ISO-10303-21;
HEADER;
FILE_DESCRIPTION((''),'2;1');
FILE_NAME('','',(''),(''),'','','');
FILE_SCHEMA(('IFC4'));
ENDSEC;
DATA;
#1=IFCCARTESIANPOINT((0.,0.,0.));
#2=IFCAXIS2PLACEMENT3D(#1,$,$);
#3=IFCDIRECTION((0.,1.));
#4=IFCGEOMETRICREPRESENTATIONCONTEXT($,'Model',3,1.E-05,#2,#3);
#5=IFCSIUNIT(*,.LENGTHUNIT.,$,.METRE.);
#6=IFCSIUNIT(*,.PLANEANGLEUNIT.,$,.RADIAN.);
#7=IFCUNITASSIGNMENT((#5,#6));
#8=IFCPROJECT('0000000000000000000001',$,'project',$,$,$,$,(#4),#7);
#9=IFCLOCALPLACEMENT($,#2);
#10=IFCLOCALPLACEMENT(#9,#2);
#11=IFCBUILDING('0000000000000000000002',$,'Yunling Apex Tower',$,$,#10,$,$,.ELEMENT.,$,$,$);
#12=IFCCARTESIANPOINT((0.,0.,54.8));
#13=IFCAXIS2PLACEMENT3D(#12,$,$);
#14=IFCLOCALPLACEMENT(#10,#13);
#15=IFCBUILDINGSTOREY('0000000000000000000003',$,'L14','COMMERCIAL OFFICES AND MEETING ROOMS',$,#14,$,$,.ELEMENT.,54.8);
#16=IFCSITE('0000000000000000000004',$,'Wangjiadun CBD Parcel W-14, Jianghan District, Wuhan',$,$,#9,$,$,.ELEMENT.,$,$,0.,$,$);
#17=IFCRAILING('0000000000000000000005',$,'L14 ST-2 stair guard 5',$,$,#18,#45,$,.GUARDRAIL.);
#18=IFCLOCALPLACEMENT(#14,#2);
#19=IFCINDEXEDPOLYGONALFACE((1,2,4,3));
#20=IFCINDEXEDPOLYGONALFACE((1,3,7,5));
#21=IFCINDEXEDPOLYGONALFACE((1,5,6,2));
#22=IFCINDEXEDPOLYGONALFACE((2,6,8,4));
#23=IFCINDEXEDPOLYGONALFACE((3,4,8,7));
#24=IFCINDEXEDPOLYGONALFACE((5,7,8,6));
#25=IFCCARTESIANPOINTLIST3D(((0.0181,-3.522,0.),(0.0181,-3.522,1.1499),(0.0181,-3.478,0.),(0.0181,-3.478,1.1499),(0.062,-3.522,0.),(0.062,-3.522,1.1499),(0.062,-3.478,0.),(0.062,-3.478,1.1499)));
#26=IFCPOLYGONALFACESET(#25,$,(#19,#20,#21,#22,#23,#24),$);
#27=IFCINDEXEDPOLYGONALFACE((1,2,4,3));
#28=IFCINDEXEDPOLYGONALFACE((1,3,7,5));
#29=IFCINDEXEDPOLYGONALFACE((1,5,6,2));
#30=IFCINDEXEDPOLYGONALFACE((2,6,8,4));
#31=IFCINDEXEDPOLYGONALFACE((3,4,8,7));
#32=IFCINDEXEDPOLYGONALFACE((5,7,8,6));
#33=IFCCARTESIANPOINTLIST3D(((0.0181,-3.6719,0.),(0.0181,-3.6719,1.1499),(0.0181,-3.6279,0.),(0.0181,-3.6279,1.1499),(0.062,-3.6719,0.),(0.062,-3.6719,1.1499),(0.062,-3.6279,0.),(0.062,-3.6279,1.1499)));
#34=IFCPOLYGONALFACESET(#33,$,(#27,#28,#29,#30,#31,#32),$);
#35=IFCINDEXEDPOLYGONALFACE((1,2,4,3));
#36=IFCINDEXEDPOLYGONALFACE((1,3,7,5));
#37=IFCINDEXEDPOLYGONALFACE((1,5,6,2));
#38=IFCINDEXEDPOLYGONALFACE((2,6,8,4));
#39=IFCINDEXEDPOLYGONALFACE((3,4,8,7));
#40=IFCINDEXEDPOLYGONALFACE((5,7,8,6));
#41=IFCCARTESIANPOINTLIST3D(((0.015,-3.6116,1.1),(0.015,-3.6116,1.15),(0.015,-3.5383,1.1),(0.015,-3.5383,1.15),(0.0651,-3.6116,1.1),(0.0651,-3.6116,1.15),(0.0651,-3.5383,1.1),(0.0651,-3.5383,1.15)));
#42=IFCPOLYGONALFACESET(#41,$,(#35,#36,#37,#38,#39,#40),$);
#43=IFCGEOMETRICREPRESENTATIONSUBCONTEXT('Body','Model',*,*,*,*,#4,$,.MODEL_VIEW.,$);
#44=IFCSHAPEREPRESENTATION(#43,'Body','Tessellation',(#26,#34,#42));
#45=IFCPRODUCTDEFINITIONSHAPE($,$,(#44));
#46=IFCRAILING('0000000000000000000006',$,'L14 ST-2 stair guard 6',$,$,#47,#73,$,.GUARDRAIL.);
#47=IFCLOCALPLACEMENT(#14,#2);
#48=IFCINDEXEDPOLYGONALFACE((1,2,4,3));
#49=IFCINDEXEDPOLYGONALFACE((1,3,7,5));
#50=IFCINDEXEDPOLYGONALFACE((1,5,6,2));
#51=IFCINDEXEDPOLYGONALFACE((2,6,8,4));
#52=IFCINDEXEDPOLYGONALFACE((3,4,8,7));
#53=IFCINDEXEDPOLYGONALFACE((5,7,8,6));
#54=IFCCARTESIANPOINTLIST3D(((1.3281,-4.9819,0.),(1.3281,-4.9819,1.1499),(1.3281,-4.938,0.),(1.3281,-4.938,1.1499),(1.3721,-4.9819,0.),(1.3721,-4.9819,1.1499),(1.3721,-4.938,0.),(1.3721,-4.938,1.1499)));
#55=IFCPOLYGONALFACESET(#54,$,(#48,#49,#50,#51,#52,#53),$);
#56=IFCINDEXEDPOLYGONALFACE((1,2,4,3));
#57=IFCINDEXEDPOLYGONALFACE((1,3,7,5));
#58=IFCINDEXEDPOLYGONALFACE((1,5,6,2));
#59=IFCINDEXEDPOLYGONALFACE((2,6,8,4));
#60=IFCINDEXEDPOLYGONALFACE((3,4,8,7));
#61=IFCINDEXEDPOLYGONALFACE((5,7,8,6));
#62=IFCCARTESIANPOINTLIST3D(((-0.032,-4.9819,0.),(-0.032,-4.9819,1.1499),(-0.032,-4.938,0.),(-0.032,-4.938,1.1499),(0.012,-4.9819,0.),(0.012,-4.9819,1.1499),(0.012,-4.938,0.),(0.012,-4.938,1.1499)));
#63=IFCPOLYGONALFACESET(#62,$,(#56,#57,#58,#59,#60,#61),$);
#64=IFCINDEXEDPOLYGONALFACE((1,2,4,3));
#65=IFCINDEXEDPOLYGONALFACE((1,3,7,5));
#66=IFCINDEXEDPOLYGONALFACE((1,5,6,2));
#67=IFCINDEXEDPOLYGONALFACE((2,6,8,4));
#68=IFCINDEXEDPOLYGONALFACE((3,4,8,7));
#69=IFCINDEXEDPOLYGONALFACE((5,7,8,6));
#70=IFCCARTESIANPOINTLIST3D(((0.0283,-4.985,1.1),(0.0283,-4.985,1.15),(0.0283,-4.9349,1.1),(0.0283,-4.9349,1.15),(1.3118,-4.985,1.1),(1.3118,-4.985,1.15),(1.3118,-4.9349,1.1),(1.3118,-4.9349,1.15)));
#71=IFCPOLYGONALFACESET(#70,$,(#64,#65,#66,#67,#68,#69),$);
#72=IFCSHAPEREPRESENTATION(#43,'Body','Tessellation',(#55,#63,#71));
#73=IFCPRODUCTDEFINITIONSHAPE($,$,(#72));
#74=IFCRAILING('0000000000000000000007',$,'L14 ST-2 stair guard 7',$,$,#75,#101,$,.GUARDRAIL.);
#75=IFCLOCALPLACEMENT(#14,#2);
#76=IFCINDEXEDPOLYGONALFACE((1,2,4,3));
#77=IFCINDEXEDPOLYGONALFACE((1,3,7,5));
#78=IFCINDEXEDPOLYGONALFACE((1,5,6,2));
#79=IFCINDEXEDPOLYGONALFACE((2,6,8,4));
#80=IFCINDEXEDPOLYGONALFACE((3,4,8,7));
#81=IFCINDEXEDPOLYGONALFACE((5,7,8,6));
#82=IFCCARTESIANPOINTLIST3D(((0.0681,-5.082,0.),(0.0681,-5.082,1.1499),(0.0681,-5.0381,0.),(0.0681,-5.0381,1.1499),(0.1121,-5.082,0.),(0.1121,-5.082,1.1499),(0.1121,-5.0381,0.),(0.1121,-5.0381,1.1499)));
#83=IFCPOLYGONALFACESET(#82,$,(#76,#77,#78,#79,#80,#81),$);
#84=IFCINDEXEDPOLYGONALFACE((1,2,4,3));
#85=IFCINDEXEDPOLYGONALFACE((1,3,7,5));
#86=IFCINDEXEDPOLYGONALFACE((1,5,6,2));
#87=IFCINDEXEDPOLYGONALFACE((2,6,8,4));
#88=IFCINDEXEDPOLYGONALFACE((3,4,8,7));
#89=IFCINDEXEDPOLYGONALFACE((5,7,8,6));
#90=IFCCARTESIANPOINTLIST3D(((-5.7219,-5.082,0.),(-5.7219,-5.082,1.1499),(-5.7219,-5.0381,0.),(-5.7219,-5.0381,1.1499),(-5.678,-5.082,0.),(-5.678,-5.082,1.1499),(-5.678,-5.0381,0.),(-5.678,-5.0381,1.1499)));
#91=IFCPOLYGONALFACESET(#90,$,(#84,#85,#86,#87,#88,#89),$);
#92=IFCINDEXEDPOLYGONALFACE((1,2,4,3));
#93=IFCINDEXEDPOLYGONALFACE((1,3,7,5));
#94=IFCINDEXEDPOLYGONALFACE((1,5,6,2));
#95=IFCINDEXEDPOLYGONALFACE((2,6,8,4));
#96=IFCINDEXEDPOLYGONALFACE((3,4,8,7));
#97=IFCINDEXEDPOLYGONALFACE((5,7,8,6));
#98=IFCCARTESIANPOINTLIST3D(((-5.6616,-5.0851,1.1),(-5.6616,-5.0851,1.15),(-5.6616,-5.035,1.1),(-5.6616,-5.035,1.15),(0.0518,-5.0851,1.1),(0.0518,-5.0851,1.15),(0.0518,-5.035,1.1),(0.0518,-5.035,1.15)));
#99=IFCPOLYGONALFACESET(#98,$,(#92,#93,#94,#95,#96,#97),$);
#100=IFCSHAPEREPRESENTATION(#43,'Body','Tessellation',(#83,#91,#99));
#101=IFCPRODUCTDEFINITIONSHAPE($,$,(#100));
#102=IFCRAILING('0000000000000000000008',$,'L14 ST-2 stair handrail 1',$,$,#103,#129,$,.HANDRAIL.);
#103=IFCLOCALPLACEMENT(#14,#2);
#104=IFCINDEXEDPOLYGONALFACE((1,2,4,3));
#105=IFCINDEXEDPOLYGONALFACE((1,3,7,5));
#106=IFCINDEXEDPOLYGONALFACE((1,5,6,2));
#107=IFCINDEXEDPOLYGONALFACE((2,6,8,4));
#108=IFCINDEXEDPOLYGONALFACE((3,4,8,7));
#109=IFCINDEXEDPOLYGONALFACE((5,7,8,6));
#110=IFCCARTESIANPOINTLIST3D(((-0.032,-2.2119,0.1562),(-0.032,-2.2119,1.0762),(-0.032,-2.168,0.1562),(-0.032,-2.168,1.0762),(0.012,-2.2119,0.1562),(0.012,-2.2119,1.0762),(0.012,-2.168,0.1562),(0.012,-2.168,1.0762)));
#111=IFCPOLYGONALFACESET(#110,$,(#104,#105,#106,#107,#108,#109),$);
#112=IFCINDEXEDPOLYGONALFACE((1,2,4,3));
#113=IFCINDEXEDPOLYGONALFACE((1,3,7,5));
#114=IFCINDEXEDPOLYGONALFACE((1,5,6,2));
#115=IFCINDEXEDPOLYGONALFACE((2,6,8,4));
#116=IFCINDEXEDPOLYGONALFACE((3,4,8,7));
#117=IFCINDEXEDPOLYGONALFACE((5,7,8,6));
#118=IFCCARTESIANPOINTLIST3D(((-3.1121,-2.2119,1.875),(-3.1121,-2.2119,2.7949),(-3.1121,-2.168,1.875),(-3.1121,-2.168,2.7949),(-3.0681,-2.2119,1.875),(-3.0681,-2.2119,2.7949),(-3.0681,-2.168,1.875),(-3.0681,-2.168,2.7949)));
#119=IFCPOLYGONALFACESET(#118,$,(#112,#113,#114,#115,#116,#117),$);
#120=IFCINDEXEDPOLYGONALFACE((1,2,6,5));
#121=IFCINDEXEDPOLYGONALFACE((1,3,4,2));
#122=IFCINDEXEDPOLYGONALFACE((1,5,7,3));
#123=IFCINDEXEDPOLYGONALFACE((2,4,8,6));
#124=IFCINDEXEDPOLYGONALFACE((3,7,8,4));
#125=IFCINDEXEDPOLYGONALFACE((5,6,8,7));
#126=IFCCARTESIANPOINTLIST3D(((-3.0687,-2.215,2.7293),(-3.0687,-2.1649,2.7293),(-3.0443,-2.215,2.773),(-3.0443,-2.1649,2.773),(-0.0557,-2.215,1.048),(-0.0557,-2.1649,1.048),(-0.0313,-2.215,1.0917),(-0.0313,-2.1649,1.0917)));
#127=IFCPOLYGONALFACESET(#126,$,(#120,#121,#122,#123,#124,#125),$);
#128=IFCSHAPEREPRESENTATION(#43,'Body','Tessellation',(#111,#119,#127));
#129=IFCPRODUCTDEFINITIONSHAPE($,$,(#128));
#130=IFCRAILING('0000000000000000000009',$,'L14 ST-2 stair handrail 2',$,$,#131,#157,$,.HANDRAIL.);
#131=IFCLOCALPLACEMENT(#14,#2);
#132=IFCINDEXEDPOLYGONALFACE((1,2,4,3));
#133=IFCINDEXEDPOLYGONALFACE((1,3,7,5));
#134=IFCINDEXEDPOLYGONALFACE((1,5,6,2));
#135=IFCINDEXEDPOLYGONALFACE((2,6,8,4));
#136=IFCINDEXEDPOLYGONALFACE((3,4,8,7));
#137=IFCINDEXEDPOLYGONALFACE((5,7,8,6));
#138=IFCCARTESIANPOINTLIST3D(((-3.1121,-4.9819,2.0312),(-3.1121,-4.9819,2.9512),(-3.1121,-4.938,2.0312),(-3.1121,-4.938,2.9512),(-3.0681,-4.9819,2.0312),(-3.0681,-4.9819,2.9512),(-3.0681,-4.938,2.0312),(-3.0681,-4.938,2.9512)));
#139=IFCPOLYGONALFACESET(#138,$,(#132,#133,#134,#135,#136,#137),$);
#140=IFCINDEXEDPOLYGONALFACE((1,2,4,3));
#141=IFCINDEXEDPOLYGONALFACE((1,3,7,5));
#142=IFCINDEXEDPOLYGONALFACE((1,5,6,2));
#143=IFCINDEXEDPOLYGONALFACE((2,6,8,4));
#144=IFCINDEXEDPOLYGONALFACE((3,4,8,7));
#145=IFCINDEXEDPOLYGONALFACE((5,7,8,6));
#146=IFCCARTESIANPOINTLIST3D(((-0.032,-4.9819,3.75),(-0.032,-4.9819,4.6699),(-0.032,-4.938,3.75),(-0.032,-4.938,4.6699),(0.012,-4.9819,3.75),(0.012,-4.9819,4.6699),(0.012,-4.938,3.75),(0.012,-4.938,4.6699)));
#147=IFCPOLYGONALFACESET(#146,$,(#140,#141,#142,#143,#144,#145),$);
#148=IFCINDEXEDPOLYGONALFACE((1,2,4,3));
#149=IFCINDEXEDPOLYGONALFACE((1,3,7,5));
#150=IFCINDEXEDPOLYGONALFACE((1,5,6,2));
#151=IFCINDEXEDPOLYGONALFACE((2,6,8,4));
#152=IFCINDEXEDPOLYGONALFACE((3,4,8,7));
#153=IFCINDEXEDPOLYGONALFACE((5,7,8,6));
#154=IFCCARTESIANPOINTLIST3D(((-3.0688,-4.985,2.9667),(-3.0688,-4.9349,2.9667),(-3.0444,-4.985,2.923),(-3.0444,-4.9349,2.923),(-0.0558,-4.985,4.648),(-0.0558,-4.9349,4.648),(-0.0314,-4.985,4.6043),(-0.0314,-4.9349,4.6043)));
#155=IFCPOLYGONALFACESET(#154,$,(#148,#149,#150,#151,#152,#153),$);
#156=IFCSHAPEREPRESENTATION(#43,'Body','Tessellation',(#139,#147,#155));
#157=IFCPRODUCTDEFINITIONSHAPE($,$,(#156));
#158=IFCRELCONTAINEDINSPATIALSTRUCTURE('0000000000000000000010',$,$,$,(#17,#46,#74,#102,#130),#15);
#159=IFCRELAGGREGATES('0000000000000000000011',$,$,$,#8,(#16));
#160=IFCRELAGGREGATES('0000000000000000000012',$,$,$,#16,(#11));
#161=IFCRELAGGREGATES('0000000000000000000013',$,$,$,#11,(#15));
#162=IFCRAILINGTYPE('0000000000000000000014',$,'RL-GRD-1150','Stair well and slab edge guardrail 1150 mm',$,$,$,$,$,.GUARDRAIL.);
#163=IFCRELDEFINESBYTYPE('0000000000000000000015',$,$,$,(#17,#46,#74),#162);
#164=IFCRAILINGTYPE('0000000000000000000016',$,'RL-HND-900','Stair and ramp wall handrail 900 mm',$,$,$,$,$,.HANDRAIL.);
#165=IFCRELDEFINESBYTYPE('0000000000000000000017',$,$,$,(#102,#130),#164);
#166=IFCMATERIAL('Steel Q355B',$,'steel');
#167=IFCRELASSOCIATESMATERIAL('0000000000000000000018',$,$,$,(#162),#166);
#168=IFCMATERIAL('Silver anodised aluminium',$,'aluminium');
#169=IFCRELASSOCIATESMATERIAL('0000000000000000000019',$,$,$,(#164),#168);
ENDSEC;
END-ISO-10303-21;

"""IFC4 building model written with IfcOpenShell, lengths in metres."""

from ifc_helpers import new_model, si_unit, direction, frame, origin, origin_2d, place, context, subcontext, project, spatial, rectangle, extrude, material, type_object, element, save


model = new_model("IFC4")

# Units and contexts
model_context = context("Model", 3, precision=1e-05, world=origin(), true_north=direction((0.0, 1.0)))
body_context = subcontext(model_context, "Body", "Model", "MODEL_VIEW")
ifc_project = project(units=[si_unit("LENGTHUNIT", "METRE"), si_unit("PLANEANGLEUNIT", "RADIAN")], contexts=[model_context])

# Site, building, storey
site_placement = place(None, origin())
site = spatial("IfcSite", under=ifc_project, at=site_placement, Name="Wangjiadun CBD Parcel W-14, Jianghan District, Wuhan", CompositionType="ELEMENT", RefElevation=0.0)
building_placement = place(site_placement, origin())
building = spatial("IfcBuilding", under=site, at=building_placement, Name="Yunling Apex Tower", CompositionType="ELEMENT")
storey_placement = place(building_placement, frame((0.0, 0.0, 54.8)))
storey = spatial("IfcBuildingStorey", under=building, at=storey_placement, Name="L14", Description="COMMERCIAL OFFICES AND MEETING ROOMS", CompositionType="ELEMENT", Elevation=54.8)

# Shared definitions
ifc_material_1 = material(Name="Steel Q355B", Category="steel")

# Railings
railing_type_1 = type_object("IfcRailingType", Name="RL-GRD-1150", Description="Stair well and slab edge guardrail 1150 mm", PredefinedType="GUARDRAIL", material=ifc_material_1)
railing_1_placement = place(storey_placement, frame((0.04, -3.5, 0.0)))
element("IfcRailing", 1, at=railing_1_placement, inside=storey, type_object=railing_type_1, Name="L14 ST-2 stair guard 5", PredefinedType="GUARDRAIL", context=body_context, shape_type="SweptSolid", body=[
    extrude(rectangle(XDim=0.0439, YDim=0.0439, at=origin_2d()), origin(), (0.0, 0.0, 1.0), 1.1499),
    extrude(rectangle(XDim=0.0439, YDim=0.0439, at=origin_2d()), frame((0.0, -0.1499, 0.0)), (0.0, 0.0, 1.0), 1.1499),
    extrude(rectangle(XDim=0.05, YDim=0.05, at=origin_2d()), frame((0.0, -0.0383, 1.125), z_axis=(0.0, -1.0, 0.0), x_axis=(1.0, 0.0, 0.0)), (0.0, 0.0, 1.0), 0.0732),
])
railing_2_placement = place(storey_placement, frame((1.3501, -4.96, 0.0)))
element("IfcRailing", 2, at=railing_2_placement, inside=storey, type_object=railing_type_1, Name="L14 ST-2 stair guard 6", PredefinedType="GUARDRAIL", context=body_context, shape_type="SweptSolid", body=[
    extrude(rectangle(XDim=0.0439, YDim=0.0439, at=origin_2d()), origin(), (0.0, 0.0, 1.0), 1.1499),
    extrude(rectangle(XDim=0.0439, YDim=0.0439, at=origin_2d()), frame((-1.3601, 0.0, 0.0)), (0.0, 0.0, 1.0), 1.1499),
    extrude(rectangle(XDim=0.05, YDim=0.05, at=origin_2d()), frame((-0.0383, 0.0, 1.125), z_axis=(-1.0, 0.0, 0.0), x_axis=(0.0, -1.0, 0.0)), (0.0, 0.0, 1.0), 1.2834),
])
railing_3_placement = place(storey_placement, frame((0.0901, -5.0601, 0.0)))
element("IfcRailing", 3, at=railing_3_placement, inside=storey, type_object=railing_type_1, Name="L14 ST-2 stair guard 7", PredefinedType="GUARDRAIL", context=body_context, shape_type="SweptSolid", body=[
    extrude(rectangle(XDim=0.0439, YDim=0.0439, at=origin_2d()), origin(), (0.0, 0.0, 1.0), 1.1499),
    extrude(rectangle(XDim=0.0439, YDim=0.0439, at=origin_2d()), frame((-5.79, 0.0, 0.0)), (0.0, 0.0, 1.0), 1.1499),
    extrude(rectangle(XDim=0.05, YDim=0.05, at=origin_2d()), frame((-0.0383, 0.0, 1.125), z_axis=(-1.0, 0.0, 0.0), x_axis=(0.0, -1.0, 0.0)), (0.0, 0.0, 1.0), 5.7134),
])
ifc_material_2 = material(Name="Silver anodised aluminium", Category="aluminium")
railing_type_2 = type_object("IfcRailingType", Name="RL-HND-900", Description="Stair and ramp wall handrail 900 mm", PredefinedType="HANDRAIL", material=ifc_material_2)
railing_4_placement = place(storey_placement, frame((-0.01, -2.1899, 0.1562)))
element("IfcRailing", 4, at=railing_4_placement, inside=storey, type_object=railing_type_2, Name="L14 ST-2 stair handrail 1", PredefinedType="HANDRAIL", context=body_context, shape_type="SweptSolid", body=[
    extrude(rectangle(XDim=0.0439, YDim=0.0439, at=origin_2d()), origin(), (0.0, 0.0, 1.0), 0.9199),
    extrude(rectangle(XDim=0.0439, YDim=0.0439, at=origin_2d()), frame((-3.0801, 0.0, 1.7188)), (0.0, 0.0, 1.0), 0.9199),
    extrude(rectangle(XDim=0.05, YDim=0.05, at=origin_2d()), frame((-0.0334, 0.0, 0.9136), z_axis=(-0.873242, 0.0, 0.487288), x_axis=(0.0, -1.0, 0.0)), (0.0, 0.0, 1.0), 3.4504),
])
railing_5_placement = place(storey_placement, frame((-3.0901, -4.96, 2.0312)))
element("IfcRailing", 5, at=railing_5_placement, inside=storey, type_object=railing_type_2, Name="L14 ST-2 stair handrail 2", PredefinedType="HANDRAIL", context=body_context, shape_type="SweptSolid", body=[
    extrude(rectangle(XDim=0.0439, YDim=0.0439, at=origin_2d()), origin(), (0.0, 0.0, 1.0), 0.9199),
    extrude(rectangle(XDim=0.0439, YDim=0.0439, at=origin_2d()), frame((3.0801, 0.0, 1.7188)), (0.0, 0.0, 1.0), 0.9199),
    extrude(rectangle(XDim=0.05, YDim=0.05, at=origin_2d()), frame((0.0334, 0.0, 0.9136), z_axis=(0.873242, 0.0, 0.487288), x_axis=(0.0, 1.0, 0.0)), (0.0, 0.0, 1.0), 3.4504),
])

save(model, "model.ifc")
